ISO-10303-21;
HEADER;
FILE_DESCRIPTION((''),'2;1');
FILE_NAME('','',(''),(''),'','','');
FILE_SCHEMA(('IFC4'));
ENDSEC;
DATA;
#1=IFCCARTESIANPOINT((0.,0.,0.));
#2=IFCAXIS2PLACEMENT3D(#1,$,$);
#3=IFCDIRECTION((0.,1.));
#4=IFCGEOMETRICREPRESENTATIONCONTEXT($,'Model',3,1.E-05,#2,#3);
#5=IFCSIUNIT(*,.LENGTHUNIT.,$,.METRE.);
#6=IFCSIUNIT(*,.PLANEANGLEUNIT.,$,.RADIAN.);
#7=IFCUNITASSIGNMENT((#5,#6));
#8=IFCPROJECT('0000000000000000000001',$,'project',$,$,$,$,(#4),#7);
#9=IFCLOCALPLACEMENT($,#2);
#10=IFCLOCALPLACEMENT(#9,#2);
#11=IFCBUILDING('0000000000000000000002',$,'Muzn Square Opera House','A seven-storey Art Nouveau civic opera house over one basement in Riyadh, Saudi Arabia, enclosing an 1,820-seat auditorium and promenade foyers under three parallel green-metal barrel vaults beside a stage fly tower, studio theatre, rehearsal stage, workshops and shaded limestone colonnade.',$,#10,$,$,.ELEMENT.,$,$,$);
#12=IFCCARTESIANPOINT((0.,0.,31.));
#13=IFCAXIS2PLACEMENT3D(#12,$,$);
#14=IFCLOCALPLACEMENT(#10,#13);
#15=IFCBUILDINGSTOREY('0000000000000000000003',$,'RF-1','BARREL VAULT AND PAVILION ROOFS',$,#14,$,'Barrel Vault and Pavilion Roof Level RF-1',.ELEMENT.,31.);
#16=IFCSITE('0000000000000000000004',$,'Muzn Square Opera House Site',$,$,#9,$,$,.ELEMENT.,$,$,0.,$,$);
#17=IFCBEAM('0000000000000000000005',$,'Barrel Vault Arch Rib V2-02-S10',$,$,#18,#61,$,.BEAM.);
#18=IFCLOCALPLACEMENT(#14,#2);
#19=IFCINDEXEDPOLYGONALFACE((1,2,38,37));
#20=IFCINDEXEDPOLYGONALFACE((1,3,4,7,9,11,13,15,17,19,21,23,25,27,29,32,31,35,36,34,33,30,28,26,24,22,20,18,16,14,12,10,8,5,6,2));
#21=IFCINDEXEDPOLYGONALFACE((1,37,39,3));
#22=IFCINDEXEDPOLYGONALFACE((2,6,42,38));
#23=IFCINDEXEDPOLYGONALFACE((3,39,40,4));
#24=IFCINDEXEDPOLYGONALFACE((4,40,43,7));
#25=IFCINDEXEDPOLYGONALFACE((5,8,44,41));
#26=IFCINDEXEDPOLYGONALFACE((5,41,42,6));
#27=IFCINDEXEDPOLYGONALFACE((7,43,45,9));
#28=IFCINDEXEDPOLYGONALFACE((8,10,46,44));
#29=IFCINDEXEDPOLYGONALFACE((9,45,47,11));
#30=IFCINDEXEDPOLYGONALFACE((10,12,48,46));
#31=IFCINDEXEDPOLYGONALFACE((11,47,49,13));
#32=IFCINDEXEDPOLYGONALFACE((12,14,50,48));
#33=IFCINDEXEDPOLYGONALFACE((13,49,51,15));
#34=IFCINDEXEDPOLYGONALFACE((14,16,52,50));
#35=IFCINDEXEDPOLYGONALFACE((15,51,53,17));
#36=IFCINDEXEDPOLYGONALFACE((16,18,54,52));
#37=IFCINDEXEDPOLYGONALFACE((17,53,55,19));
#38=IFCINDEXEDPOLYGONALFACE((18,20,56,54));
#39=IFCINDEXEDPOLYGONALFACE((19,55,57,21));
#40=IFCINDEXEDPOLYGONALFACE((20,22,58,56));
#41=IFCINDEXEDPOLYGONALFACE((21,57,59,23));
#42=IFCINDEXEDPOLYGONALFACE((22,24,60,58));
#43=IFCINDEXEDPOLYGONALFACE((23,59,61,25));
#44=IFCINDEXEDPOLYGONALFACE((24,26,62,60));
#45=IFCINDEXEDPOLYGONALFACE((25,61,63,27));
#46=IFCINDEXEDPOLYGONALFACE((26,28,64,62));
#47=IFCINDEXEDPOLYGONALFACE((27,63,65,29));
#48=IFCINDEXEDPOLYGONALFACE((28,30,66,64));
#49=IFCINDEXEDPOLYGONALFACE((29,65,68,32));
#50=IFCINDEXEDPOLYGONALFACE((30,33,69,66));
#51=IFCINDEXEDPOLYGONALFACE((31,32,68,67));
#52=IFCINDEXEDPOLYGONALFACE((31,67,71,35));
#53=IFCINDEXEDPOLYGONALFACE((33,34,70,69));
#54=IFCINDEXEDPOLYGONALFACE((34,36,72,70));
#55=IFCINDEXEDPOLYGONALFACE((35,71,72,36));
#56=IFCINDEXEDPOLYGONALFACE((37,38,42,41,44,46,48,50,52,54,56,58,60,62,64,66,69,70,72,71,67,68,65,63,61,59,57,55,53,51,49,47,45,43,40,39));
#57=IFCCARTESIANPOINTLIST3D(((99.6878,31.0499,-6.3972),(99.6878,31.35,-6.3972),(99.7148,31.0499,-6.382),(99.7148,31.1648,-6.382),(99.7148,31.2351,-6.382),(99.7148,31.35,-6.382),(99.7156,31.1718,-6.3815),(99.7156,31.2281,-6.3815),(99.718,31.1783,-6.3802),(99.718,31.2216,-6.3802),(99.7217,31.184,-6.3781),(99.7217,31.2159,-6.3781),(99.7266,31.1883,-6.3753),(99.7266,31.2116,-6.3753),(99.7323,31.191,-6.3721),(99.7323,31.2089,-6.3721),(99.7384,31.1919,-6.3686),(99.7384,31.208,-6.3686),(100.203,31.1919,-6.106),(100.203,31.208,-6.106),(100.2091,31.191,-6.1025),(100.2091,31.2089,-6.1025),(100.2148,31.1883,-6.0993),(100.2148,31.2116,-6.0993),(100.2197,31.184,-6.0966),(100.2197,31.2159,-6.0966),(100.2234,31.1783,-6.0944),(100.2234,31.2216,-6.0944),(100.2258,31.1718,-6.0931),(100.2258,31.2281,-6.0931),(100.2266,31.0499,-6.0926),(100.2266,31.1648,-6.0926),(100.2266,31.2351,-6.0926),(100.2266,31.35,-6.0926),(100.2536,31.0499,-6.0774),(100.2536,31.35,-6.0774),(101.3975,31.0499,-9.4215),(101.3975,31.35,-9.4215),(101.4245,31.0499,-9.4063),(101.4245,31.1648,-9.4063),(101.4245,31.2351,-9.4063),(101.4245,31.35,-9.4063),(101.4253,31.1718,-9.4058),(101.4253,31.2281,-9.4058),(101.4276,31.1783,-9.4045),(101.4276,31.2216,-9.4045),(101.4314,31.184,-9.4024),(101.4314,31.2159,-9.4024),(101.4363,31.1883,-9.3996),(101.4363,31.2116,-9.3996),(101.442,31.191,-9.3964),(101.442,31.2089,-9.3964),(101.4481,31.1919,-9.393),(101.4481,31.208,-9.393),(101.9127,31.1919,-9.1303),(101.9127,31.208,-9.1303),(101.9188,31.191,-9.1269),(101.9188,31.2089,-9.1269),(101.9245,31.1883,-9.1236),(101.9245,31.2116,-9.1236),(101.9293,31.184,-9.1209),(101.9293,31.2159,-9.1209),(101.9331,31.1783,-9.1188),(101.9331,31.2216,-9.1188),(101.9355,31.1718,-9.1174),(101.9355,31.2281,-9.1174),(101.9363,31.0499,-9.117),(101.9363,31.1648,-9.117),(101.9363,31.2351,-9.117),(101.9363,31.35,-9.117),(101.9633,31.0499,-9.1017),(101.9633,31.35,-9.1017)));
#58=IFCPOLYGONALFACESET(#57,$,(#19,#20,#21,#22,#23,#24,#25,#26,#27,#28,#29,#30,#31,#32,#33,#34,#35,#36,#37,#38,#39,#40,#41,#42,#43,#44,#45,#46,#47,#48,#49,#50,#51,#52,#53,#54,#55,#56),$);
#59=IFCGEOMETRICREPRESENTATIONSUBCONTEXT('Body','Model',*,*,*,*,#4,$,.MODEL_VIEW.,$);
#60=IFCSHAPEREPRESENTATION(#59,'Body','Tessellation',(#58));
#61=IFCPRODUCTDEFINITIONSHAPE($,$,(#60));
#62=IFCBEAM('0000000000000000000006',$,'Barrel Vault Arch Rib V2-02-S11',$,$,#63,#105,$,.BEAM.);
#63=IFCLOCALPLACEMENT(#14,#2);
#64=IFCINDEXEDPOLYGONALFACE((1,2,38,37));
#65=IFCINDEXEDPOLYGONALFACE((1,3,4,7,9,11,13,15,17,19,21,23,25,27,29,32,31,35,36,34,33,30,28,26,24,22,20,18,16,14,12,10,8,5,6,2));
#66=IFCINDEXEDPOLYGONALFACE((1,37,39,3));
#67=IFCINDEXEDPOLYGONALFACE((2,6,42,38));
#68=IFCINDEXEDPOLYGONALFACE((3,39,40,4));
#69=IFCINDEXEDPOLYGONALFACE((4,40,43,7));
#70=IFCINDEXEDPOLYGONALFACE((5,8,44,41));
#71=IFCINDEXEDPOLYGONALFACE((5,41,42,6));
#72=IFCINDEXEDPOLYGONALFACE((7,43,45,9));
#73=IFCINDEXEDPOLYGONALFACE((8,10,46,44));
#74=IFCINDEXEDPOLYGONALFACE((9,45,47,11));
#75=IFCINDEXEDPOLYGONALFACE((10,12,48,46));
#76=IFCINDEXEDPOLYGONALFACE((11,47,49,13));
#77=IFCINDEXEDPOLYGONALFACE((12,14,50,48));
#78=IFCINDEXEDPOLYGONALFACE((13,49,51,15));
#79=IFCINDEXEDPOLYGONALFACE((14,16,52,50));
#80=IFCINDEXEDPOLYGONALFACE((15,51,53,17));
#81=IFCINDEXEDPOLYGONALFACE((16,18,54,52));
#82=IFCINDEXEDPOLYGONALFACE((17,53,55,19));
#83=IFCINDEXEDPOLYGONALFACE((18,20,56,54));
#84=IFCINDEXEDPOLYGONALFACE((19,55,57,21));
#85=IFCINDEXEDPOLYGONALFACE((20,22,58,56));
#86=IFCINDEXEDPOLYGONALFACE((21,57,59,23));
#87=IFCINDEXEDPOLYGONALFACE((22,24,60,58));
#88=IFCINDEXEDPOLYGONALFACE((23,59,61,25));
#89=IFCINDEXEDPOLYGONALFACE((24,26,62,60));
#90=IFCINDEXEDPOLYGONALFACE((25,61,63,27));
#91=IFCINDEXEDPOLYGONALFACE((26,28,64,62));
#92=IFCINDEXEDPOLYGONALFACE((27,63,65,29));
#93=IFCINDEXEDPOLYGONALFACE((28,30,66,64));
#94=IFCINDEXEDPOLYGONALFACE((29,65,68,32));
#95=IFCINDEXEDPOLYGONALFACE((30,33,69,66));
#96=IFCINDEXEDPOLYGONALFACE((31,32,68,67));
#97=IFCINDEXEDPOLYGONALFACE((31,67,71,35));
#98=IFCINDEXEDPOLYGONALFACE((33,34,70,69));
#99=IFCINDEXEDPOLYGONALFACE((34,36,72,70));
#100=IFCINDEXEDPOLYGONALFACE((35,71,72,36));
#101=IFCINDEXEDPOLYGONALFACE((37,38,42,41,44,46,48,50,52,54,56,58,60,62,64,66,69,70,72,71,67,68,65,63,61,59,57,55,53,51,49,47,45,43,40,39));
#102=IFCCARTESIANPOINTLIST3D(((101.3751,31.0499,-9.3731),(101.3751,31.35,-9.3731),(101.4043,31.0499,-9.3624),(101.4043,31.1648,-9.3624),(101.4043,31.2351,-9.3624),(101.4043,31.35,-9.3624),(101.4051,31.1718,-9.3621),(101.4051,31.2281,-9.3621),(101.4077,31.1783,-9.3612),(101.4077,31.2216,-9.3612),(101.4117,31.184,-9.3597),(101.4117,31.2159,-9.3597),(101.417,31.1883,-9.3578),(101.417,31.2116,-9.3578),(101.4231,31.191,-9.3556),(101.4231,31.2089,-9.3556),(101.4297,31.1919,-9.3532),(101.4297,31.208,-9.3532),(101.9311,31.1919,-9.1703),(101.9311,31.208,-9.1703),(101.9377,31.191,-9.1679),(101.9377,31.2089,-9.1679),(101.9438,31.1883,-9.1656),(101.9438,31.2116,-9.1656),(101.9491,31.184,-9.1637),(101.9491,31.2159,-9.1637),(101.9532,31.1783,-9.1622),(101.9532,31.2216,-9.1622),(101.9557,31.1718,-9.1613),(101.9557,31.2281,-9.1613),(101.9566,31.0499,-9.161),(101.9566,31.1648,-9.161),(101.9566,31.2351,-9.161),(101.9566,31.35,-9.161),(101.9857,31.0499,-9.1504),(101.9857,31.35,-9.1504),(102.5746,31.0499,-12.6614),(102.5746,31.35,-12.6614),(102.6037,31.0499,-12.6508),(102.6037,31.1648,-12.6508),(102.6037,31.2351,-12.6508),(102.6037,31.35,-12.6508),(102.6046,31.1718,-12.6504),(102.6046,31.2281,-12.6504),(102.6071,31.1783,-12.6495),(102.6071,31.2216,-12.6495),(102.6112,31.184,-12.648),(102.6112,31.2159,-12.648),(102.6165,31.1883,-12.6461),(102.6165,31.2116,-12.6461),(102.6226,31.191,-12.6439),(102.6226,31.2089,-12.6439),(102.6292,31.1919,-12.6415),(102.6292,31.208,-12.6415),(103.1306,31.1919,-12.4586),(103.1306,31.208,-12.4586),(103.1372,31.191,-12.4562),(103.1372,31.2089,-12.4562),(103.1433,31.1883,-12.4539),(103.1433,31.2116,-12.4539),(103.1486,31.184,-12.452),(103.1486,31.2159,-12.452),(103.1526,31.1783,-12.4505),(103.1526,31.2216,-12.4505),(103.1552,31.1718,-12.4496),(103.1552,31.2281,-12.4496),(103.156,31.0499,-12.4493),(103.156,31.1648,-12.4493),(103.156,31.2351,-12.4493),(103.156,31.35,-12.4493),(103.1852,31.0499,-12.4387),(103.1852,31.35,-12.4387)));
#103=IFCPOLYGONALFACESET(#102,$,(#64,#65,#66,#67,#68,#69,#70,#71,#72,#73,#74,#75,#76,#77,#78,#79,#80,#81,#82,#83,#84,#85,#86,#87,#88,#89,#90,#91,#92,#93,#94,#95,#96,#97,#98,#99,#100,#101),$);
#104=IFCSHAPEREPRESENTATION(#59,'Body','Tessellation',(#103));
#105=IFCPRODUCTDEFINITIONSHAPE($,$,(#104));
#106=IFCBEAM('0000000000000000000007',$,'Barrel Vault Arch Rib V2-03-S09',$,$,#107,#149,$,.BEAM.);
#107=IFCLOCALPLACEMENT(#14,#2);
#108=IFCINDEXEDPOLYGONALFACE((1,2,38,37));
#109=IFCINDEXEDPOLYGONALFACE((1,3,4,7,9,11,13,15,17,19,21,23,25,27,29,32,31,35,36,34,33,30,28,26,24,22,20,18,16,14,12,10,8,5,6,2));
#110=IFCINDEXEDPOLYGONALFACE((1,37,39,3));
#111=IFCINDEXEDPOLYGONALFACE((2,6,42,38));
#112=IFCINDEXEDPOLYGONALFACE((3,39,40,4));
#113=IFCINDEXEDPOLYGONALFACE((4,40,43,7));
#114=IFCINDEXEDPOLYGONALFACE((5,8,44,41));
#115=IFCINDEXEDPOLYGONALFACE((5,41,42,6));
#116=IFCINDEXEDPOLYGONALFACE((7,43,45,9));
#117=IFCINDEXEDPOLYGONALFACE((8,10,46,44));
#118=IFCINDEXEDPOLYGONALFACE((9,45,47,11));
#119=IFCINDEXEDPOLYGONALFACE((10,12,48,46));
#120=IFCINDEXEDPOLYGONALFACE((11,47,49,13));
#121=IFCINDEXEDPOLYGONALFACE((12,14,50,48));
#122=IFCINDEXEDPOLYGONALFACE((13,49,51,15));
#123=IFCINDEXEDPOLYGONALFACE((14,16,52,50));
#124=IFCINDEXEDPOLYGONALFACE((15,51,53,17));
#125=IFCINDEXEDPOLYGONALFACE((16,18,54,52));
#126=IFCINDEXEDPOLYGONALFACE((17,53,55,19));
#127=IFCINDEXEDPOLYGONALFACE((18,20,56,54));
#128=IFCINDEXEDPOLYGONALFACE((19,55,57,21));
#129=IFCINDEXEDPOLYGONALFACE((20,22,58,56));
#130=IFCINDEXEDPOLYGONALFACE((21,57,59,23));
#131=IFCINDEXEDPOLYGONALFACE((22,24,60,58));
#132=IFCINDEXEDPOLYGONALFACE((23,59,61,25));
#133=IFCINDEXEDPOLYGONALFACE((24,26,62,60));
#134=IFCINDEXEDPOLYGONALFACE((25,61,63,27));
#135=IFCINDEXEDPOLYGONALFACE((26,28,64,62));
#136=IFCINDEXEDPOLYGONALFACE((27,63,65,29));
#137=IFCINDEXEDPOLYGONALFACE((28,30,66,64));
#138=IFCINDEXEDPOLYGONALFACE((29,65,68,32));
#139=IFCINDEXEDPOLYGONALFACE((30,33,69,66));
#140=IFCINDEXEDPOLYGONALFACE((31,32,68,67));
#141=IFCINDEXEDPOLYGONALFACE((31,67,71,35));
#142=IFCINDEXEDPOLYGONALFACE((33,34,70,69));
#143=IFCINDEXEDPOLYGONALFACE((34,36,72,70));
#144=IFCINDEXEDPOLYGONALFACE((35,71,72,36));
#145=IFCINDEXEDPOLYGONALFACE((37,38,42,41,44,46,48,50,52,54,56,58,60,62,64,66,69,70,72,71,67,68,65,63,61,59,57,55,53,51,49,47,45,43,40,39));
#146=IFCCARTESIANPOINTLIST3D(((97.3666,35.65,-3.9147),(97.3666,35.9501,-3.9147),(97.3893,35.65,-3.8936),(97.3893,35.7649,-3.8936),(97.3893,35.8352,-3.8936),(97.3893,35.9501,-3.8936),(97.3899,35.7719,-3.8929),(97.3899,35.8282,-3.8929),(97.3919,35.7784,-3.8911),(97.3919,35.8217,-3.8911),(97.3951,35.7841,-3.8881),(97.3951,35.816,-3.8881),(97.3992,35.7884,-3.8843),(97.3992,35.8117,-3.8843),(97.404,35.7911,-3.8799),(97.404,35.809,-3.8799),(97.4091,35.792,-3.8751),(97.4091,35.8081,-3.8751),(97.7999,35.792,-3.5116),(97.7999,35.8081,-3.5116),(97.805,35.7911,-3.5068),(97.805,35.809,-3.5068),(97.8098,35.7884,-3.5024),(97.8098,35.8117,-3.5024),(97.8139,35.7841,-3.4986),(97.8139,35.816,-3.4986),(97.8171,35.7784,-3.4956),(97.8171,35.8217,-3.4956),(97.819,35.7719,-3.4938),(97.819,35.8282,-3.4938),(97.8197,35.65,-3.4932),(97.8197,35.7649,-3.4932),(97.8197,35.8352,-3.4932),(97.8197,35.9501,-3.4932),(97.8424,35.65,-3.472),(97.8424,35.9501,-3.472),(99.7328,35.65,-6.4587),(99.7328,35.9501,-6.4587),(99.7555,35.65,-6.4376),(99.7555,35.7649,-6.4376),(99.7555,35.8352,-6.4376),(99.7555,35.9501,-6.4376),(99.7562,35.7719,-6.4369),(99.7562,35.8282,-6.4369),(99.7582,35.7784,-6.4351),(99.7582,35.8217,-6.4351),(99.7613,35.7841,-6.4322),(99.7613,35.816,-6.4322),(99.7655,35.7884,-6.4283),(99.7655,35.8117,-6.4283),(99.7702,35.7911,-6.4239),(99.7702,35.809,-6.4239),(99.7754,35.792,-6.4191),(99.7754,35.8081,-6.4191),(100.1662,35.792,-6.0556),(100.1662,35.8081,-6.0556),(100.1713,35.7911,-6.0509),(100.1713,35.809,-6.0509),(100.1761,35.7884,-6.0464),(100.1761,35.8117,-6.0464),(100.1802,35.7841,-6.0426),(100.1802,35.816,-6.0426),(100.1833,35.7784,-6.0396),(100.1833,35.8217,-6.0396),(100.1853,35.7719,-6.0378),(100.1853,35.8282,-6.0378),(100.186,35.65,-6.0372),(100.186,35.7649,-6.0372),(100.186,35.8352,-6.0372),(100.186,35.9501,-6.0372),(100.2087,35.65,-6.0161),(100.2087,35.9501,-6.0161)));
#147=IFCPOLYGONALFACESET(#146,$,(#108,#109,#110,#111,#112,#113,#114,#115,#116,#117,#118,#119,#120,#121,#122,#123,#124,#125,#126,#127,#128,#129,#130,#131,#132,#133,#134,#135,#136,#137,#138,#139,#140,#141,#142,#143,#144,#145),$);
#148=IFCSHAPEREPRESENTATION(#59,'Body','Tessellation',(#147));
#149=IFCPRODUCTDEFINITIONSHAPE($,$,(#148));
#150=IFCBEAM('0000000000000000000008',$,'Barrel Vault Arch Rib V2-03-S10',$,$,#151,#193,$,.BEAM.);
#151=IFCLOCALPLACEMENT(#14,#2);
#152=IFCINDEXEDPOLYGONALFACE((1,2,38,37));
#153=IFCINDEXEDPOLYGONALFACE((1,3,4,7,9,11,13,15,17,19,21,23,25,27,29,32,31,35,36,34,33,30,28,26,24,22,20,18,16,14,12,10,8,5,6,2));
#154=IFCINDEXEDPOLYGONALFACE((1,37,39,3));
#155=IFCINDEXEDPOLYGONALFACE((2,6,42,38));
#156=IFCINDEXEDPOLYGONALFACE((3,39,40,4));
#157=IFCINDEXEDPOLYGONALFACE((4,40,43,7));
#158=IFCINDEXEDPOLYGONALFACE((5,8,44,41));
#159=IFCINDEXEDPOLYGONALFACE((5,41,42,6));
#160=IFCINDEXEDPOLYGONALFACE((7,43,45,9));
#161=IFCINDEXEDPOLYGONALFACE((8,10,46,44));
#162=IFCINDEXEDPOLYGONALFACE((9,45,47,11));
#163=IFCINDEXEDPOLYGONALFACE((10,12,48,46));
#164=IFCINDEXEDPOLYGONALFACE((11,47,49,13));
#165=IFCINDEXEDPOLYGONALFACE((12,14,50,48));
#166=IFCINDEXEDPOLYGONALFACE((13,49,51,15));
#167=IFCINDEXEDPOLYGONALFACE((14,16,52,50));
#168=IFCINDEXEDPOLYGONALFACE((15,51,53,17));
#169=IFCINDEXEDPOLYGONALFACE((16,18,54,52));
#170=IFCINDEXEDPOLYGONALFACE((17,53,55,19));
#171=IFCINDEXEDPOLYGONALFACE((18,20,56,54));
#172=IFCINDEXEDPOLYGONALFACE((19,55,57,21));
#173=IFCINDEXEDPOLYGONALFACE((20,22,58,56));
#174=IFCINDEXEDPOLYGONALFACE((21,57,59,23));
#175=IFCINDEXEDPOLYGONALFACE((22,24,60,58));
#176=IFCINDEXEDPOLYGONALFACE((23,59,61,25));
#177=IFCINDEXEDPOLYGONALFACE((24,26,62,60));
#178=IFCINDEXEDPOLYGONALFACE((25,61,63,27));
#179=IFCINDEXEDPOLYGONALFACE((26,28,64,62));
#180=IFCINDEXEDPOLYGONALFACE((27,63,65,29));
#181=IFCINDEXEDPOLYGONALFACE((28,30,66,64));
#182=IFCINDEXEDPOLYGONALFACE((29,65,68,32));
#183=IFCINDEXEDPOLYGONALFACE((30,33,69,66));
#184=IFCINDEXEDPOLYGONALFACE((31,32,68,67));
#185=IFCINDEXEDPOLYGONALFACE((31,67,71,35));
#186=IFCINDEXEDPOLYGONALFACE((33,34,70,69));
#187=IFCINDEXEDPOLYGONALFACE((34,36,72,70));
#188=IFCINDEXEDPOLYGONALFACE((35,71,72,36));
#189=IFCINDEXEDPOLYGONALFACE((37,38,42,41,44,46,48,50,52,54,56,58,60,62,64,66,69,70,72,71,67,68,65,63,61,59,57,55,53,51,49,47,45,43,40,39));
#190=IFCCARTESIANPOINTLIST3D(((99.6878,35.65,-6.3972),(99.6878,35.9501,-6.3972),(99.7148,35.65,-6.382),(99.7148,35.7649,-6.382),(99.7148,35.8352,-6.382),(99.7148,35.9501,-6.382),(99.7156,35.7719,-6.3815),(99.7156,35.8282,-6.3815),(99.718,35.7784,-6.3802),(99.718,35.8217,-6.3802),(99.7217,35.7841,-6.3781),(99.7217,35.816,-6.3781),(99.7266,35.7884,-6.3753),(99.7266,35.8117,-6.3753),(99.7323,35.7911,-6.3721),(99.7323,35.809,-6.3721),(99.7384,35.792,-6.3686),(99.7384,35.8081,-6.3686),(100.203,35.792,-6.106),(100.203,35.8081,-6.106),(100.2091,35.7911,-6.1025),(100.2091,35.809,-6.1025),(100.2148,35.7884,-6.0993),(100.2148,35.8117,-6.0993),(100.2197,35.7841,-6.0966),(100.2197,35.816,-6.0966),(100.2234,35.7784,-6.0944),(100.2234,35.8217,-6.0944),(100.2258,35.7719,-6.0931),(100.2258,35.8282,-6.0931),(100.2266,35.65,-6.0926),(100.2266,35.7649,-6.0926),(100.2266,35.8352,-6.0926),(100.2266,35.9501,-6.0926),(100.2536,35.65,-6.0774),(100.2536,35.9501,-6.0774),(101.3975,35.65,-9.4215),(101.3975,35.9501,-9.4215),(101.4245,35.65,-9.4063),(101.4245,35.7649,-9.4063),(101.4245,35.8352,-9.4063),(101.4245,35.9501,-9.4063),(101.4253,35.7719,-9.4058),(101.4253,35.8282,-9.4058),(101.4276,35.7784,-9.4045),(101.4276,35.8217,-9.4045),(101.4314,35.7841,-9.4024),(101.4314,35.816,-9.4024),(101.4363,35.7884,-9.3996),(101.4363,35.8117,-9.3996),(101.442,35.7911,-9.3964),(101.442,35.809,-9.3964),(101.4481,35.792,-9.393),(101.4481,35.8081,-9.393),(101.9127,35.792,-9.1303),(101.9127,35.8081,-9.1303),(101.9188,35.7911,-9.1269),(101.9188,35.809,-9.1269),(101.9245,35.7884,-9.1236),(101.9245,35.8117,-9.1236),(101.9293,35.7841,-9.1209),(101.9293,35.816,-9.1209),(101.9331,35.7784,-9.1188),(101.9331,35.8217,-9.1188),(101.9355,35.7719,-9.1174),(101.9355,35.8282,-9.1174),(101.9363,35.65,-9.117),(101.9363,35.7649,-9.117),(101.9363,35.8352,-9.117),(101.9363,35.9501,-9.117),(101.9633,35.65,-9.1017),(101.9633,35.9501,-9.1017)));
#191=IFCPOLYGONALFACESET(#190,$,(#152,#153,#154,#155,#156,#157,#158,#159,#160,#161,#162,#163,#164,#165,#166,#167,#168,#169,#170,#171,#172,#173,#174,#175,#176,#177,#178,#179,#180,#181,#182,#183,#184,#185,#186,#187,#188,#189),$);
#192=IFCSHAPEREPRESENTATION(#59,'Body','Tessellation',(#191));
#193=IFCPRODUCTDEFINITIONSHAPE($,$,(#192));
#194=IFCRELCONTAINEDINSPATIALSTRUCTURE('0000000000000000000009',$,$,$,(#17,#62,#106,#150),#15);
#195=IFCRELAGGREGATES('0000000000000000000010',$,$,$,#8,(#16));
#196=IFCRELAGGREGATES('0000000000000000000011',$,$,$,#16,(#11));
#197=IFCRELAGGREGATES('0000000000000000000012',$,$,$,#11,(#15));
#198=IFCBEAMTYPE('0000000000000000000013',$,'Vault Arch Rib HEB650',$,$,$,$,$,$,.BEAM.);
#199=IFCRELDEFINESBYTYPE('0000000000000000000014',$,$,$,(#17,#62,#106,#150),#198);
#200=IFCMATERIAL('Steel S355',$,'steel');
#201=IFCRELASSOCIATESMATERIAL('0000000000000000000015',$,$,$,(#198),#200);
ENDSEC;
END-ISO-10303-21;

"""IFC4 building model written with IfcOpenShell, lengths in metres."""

from ifc_helpers import new_model, si_unit, direction, frame, origin, origin_2d, place, context, subcontext, project, spatial, i_section, extrude, material, material_profile, profile_set, type_object, element, save


model = new_model("IFC4")

# Units and contexts
model_context = context("Model", 3, precision=1e-05, world=origin(), true_north=direction((0.0, 1.0)))
body_context = subcontext(model_context, "Body", "Model", "MODEL_VIEW")
ifc_project = project(units=[si_unit("LENGTHUNIT", "METRE"), si_unit("PLANEANGLEUNIT", "RADIAN")], contexts=[model_context])

# Site, building, storey
site_placement = place(None, origin())
site = spatial("IfcSite", under=ifc_project, at=site_placement, Name="Muzn Square Opera House Site", CompositionType="ELEMENT", RefElevation=0.0)
building_placement = place(site_placement, origin())
building = spatial("IfcBuilding", under=site, at=building_placement, Name="Muzn Square Opera House", Description="A seven-storey Art Nouveau civic opera house over one basement in Riyadh, Saudi Arabia, enclosing an 1,820-seat auditorium and promenade foyers under three parallel green-metal barrel vaults beside a stage fly tower, studio theatre, rehearsal stage, workshops and shaded limestone colonnade.", CompositionType="ELEMENT")
storey_placement = place(building_placement, frame((0.0, 0.0, 31.0)))
storey = spatial("IfcBuildingStorey", under=building, at=storey_placement, Name="RF-1", Description="BARREL VAULT AND PAVILION ROOFS", LongName="Barrel Vault and Pavilion Roof Level RF-1", CompositionType="ELEMENT", Elevation=31.0)

# Beams
ifc_material_1 = material(Name="Steel S355", Category="steel")
ifc_material_profile_1 = material_profile(ifc_material_1, i_section(OverallWidth=0.3, OverallDepth=0.6499, WebThickness=0.0161, FlangeThickness=0.031, FilletRadius=0.0271, at=origin_2d()), Name="HEB 650", Category="steel")
ifc_profile_set_1 = profile_set([ifc_material_profile_1], Name="Steel S355")
beam_type_1 = type_object("IfcBeamType", Name="Vault Arch Rib HEB650", PredefinedType="BEAM", material=ifc_profile_set_1)
beam_1_placement = place(storey_placement, frame((99.9707, 31.2, -6.2373), z_axis=(0.492115, 0.0, -0.87053), x_axis=(0.0, 1.0, 0.0)))
element("IfcBeam", 1, at=beam_1_placement, inside=storey, type_object=beam_type_1, Name="Barrel Vault Arch Rib V2-02-S10", PredefinedType="BEAM", context=body_context, shape_type="SweptSolid", body=[
    extrude(i_section(OverallWidth=0.3, OverallDepth=0.6499, WebThickness=0.0161, FlangeThickness=0.031, FilletRadius=0.0271, at=origin_2d()), origin(), (0.0, 0.0, 1.0), 3.4741),
])
beam_2_placement = place(storey_placement, frame((101.6804, 31.2, -9.2617), z_axis=(0.342678, 0.0, -0.939453), x_axis=(0.0, 1.0, 0.0)))
element("IfcBeam", 2, at=beam_2_placement, inside=storey, type_object=beam_type_1, Name="Barrel Vault Arch Rib V2-02-S11", PredefinedType="BEAM", context=body_context, shape_type="SweptSolid", body=[
    extrude(i_section(OverallWidth=0.3, OverallDepth=0.6499, WebThickness=0.0161, FlangeThickness=0.031, FilletRadius=0.0271, at=origin_2d()), origin(), (0.0, 0.0, 1.0), 3.5002),
])
beam_3_placement = place(storey_placement, frame((97.6045, 35.8, -3.6934), z_axis=(0.681065, 0.0, -0.732223), x_axis=(0.0, 1.0, 0.0)))
element("IfcBeam", 3, at=beam_3_placement, inside=storey, type_object=beam_type_1, Name="Barrel Vault Arch Rib V2-03-S09", PredefinedType="BEAM", context=body_context, shape_type="SweptSolid", body=[
    extrude(i_section(OverallWidth=0.3, OverallDepth=0.6499, WebThickness=0.0161, FlangeThickness=0.031, FilletRadius=0.0271, at=origin_2d()), origin(), (0.0, 0.0, 1.0), 3.4744),
])
beam_4_placement = place(storey_placement, frame((99.9707, 35.8, -6.2373), z_axis=(0.492115, 0.0, -0.87053), x_axis=(0.0, 1.0, 0.0)))
element("IfcBeam", 4, at=beam_4_placement, inside=storey, type_object=beam_type_1, Name="Barrel Vault Arch Rib V2-03-S10", PredefinedType="BEAM", context=body_context, shape_type="SweptSolid", body=[
    extrude(i_section(OverallWidth=0.3, OverallDepth=0.6499, WebThickness=0.0161, FlangeThickness=0.031, FilletRadius=0.0271, at=origin_2d()), origin(), (0.0, 0.0, 1.0), 3.4741),
])

save(model, "model.ifc")
